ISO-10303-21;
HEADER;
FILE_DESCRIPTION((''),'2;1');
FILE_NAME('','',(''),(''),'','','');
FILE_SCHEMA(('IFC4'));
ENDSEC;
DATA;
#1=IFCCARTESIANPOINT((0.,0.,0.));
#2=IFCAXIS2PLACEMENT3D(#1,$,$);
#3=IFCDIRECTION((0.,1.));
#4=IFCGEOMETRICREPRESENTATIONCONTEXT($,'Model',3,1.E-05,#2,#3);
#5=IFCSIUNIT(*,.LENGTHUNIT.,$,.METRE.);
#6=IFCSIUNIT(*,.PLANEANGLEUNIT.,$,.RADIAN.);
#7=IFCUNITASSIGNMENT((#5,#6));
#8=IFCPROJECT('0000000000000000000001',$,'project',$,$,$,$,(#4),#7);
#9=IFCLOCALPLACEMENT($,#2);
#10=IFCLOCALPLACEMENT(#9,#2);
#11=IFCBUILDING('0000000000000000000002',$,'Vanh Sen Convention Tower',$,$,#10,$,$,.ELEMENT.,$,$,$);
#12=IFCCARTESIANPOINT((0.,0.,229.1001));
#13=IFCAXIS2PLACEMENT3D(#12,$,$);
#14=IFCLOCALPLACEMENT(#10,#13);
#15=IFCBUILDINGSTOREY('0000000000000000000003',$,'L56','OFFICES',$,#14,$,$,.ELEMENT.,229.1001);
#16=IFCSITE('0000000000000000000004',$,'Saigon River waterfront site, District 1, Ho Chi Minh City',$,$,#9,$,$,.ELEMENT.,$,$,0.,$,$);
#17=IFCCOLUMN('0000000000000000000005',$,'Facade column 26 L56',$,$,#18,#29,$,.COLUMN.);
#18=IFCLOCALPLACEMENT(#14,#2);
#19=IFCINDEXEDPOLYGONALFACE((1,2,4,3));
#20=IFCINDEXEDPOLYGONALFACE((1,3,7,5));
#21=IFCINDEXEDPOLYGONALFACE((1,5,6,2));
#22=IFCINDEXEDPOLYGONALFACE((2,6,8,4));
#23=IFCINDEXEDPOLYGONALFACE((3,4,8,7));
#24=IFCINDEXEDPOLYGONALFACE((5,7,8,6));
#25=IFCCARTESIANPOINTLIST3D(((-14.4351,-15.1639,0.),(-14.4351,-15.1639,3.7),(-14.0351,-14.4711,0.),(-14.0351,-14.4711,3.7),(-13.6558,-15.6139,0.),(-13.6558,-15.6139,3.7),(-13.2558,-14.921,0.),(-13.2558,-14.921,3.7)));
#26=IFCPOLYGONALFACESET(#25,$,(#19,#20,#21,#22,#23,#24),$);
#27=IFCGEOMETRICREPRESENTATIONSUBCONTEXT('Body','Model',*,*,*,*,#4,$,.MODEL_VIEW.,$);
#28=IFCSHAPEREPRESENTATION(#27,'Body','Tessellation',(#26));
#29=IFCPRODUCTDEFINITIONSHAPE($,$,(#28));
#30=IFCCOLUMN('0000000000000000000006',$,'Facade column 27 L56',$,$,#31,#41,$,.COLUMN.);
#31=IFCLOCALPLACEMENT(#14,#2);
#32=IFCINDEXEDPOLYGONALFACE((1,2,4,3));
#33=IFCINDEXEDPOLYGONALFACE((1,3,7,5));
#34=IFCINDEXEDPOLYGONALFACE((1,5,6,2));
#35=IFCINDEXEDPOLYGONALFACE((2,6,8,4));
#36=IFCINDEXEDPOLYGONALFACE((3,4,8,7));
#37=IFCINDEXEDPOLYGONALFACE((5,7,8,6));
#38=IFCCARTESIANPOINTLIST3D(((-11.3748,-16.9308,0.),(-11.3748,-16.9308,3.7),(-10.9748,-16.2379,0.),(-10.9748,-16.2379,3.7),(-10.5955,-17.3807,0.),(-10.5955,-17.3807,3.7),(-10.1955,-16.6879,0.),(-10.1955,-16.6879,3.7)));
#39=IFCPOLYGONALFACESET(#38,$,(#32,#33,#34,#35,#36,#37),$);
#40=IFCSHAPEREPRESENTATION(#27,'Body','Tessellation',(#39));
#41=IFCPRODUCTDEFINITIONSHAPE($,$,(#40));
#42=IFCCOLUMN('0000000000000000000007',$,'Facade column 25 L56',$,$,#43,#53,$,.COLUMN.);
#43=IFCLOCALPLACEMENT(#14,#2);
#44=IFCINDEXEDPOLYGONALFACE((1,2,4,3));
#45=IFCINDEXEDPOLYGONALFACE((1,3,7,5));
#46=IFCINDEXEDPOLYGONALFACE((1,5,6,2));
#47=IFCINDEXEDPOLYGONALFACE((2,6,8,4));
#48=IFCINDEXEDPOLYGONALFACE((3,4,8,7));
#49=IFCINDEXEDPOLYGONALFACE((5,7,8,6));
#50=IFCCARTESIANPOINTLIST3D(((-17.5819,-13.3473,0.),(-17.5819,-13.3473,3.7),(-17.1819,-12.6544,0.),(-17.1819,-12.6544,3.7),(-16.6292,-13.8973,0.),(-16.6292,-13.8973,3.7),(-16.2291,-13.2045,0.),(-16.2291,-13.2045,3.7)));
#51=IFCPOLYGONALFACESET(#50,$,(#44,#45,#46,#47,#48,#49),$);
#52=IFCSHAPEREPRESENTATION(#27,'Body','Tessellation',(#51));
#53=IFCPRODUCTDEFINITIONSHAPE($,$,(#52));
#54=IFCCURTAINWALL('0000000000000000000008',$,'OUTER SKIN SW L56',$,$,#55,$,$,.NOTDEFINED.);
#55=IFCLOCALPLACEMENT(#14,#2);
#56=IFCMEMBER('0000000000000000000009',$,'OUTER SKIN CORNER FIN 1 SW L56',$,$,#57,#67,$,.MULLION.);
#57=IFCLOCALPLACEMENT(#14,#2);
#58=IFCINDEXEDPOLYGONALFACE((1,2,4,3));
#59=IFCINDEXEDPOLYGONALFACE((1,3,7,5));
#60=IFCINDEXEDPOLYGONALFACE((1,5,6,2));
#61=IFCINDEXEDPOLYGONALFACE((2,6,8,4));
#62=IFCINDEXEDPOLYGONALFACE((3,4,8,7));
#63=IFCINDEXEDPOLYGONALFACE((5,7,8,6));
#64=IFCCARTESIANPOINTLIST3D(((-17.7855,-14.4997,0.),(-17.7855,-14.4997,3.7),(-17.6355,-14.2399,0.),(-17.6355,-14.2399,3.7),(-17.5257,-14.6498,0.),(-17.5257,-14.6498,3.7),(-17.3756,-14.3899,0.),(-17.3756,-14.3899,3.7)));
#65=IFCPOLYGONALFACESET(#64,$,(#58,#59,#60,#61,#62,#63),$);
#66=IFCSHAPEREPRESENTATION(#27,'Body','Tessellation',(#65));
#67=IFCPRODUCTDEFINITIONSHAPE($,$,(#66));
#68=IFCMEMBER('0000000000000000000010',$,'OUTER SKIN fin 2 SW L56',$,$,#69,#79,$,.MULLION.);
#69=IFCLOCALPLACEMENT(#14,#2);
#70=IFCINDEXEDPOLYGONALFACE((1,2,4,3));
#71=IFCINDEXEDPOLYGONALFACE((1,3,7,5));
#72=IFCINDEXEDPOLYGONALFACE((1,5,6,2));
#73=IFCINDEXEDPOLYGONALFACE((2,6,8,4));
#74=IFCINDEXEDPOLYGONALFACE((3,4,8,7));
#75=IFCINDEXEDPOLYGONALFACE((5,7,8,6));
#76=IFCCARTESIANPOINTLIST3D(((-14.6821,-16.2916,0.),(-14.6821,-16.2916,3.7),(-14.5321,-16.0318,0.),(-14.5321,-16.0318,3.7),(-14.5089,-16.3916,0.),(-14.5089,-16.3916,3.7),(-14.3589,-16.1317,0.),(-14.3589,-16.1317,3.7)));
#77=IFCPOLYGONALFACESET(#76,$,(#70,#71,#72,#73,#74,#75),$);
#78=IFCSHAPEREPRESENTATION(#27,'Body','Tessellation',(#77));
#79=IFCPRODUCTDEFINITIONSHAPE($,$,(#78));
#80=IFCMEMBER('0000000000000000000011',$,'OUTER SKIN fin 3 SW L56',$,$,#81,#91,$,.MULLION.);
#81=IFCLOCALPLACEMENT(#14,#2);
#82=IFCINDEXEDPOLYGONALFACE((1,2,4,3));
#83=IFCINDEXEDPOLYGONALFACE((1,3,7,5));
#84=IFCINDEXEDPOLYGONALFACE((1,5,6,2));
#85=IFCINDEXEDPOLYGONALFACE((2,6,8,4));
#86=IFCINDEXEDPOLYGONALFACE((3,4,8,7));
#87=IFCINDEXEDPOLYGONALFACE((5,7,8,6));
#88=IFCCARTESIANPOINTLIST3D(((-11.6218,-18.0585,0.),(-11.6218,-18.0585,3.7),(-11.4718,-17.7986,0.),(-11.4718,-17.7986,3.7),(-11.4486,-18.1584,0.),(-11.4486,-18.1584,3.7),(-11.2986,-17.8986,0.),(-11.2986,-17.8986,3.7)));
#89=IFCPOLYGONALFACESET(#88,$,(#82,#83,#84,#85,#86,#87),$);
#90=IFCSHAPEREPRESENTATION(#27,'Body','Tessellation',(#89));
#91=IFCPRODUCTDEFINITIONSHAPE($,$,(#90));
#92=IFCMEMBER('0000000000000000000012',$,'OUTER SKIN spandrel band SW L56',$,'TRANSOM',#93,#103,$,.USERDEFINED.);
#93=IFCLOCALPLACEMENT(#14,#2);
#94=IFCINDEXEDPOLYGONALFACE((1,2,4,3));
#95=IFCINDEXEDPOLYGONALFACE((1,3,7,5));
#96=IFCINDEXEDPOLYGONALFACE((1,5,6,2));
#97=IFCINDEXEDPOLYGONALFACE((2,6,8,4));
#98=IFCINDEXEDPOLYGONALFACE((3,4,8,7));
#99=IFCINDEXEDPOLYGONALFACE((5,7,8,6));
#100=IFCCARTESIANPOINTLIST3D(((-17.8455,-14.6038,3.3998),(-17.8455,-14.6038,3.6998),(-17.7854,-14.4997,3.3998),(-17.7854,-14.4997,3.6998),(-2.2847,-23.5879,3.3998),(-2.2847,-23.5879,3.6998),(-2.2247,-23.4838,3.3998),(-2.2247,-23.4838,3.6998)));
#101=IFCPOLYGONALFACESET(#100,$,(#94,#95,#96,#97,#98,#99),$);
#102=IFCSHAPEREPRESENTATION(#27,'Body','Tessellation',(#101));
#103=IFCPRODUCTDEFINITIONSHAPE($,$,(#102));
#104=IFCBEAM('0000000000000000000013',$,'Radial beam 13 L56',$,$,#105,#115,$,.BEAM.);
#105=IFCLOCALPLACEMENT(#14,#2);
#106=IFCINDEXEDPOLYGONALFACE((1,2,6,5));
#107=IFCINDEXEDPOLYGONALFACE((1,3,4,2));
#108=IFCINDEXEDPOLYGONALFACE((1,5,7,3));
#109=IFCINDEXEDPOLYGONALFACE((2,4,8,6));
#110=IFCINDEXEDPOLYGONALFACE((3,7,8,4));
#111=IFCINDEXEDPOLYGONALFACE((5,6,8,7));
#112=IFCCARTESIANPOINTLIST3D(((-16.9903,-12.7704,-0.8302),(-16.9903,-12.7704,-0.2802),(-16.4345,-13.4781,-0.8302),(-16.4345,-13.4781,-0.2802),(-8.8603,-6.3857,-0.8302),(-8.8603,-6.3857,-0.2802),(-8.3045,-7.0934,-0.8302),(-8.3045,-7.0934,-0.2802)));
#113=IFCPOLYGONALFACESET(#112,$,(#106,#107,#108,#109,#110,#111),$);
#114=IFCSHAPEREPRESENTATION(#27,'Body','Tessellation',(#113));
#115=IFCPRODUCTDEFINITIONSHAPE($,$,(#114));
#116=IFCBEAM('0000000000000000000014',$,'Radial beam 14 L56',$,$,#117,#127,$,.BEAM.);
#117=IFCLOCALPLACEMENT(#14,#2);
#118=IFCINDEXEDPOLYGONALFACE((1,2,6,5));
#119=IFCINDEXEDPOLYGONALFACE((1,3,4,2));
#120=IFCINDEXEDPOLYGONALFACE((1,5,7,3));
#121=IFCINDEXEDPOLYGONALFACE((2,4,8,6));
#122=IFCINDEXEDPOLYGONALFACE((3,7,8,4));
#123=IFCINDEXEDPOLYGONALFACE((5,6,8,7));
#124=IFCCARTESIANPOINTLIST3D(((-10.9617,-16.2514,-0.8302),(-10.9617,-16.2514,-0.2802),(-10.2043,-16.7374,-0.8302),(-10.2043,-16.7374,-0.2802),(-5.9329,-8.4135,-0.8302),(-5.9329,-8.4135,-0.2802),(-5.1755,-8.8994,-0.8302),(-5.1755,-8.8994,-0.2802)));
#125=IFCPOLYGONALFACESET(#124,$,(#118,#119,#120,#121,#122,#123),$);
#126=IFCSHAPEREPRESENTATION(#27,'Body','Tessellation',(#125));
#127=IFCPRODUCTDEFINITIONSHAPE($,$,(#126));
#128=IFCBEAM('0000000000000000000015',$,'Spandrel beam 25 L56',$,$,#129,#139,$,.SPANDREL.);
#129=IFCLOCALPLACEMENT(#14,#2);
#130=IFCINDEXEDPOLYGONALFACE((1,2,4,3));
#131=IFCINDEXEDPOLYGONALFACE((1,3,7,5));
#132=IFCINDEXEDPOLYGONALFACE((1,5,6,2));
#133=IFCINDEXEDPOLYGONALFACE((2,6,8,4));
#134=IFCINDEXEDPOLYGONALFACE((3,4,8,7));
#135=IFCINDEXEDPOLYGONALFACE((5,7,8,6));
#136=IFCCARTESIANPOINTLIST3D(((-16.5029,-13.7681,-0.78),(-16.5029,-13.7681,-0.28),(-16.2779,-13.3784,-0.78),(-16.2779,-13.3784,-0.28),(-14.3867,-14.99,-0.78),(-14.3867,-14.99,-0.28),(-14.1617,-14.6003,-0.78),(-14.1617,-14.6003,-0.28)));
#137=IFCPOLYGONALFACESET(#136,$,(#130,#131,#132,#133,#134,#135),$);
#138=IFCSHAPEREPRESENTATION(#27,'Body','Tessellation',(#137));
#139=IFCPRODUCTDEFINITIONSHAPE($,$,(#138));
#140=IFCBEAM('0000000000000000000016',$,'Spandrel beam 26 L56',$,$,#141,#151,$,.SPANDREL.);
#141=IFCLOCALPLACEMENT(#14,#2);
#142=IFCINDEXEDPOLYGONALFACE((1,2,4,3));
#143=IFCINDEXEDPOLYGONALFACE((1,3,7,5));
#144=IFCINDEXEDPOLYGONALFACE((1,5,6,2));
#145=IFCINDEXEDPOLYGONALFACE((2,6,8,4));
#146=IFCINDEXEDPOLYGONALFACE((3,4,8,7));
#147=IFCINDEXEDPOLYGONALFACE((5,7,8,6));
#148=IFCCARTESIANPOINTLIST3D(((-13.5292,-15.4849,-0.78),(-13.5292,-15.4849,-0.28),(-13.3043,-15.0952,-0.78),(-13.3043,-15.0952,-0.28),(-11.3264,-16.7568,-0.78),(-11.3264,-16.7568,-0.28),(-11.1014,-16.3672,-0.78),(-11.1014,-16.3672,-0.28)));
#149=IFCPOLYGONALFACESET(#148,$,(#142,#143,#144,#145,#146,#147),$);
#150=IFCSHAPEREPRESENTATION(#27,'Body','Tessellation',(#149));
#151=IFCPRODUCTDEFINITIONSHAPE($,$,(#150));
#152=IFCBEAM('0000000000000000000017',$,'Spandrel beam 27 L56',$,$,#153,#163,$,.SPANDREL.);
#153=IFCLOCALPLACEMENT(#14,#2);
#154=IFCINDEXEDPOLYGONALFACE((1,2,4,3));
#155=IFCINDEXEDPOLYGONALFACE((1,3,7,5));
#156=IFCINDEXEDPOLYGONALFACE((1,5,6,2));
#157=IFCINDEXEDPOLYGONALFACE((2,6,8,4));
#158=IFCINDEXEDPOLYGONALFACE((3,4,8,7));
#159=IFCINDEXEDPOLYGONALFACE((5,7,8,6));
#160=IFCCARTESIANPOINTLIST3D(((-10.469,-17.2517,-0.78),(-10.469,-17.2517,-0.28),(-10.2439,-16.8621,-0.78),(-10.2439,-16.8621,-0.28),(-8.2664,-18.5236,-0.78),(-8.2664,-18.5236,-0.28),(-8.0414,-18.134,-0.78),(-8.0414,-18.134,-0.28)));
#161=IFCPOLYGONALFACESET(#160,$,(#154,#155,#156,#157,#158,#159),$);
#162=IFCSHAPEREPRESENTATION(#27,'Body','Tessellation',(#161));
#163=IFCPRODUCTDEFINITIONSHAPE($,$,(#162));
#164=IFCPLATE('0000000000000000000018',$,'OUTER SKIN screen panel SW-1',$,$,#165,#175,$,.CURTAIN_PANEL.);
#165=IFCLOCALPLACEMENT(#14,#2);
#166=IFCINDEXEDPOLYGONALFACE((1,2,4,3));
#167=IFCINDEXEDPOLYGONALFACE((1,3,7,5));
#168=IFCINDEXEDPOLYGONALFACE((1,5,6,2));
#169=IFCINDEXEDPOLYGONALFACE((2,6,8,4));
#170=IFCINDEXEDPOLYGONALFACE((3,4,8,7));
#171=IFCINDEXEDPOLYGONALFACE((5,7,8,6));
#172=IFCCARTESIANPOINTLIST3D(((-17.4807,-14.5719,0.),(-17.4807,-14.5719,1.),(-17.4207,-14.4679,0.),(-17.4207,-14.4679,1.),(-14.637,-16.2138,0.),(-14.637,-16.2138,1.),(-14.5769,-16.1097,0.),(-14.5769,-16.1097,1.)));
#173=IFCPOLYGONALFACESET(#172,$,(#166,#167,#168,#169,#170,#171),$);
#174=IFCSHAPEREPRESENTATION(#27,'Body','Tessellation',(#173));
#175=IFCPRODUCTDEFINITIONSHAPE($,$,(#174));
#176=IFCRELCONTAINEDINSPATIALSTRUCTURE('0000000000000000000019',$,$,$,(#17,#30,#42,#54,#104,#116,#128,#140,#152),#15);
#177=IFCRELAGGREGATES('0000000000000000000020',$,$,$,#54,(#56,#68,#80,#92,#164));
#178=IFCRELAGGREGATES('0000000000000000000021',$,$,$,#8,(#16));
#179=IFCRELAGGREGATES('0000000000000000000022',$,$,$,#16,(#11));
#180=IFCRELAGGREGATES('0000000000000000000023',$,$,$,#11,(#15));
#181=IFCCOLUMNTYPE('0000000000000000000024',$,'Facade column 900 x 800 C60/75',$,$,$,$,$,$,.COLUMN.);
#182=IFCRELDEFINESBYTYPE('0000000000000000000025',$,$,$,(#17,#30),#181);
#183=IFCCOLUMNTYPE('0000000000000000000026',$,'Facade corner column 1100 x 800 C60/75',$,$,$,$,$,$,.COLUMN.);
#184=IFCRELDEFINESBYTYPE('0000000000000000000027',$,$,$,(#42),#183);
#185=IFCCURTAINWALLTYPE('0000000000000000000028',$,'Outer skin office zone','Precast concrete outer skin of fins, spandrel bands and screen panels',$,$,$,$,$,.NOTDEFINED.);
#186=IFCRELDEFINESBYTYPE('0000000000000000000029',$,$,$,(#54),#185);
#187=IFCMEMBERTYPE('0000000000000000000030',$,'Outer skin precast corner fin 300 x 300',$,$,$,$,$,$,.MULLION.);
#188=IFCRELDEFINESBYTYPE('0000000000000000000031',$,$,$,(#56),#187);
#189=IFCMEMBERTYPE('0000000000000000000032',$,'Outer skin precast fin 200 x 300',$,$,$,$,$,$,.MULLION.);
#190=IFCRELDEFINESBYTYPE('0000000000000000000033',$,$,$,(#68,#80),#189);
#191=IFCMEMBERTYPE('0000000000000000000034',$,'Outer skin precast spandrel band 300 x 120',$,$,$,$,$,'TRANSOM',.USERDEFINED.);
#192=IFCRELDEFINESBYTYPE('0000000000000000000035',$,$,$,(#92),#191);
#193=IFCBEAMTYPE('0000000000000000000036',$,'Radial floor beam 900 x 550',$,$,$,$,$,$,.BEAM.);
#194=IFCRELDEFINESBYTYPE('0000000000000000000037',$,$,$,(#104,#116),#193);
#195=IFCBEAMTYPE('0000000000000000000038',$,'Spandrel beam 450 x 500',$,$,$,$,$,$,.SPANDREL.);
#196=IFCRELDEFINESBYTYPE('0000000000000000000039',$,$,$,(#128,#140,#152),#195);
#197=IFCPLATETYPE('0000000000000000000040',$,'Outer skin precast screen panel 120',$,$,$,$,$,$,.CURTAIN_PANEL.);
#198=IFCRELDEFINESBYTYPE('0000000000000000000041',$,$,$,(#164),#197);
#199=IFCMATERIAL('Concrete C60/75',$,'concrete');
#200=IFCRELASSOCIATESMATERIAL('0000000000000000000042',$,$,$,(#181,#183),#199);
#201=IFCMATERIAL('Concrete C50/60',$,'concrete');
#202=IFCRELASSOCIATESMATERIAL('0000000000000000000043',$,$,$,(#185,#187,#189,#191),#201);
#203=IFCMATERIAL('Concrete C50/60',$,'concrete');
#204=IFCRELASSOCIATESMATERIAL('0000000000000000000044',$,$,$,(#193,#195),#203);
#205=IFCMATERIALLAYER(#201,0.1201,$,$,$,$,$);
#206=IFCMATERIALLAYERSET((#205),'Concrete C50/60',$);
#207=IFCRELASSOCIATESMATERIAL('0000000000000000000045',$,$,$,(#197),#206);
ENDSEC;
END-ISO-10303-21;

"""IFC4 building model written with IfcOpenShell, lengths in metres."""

from ifc_helpers import new_model, si_unit, direction, frame, origin, origin_2d, place, context, subcontext, project, spatial, rectangle, extrude, material, layer, layer_set, material_profile, profile_set, type_object, element, aggregate, save


model = new_model("IFC4")

# Units and contexts
model_context = context("Model", 3, precision=1e-05, world=origin(), true_north=direction((0.0, 1.0)))
body_context = subcontext(model_context, "Body", "Model", "MODEL_VIEW")
ifc_project = project(units=[si_unit("LENGTHUNIT", "METRE"), si_unit("PLANEANGLEUNIT", "RADIAN")], contexts=[model_context])

# Site, building, storey
site_placement = place(None, origin())
site = spatial("IfcSite", under=ifc_project, at=site_placement, Name="Saigon River waterfront site, District 1, Ho Chi Minh City", CompositionType="ELEMENT", RefElevation=0.0)
building_placement = place(site_placement, origin())
building = spatial("IfcBuilding", under=site, at=building_placement, Name="Vanh Sen Convention Tower", CompositionType="ELEMENT")
storey_placement = place(building_placement, frame((0.0, 0.0, 229.1001)))
storey = spatial("IfcBuildingStorey", under=building, at=storey_placement, Name="L56", Description="OFFICES", CompositionType="ELEMENT", Elevation=229.1001)

# Columns
ifc_material_1 = material(Name="Concrete C60/75", Category="concrete")
ifc_material_profile_1 = material_profile(ifc_material_1, rectangle(XDim=0.8999, YDim=0.8, at=origin_2d()), Name="RC 900X800")
ifc_profile_set_1 = profile_set([ifc_material_profile_1], Name="Concrete C60/75")
column_type_1 = type_object("IfcColumnType", Name="Facade column 900 x 800 C60/75", PredefinedType="COLUMN", material=ifc_profile_set_1)
for number, where, z_axis, x_axis, name in (
    (1, (-13.8455, -15.0425, 0.0), (0.0, 0.0, 1.0), (0.866025, -0.5, 0.0), "Facade column 26 L56"),
    (2, (-10.7852, -16.8093, 0.0), (0.0, 0.0, 1.0), (0.866025, -0.5, 0.0), "Facade column 27 L56"),
):
    element("IfcColumn", number, at=place(storey_placement, frame(where, z_axis=z_axis, x_axis=x_axis)), inside=storey, type_object=column_type_1, Name=name, PredefinedType="COLUMN", context=body_context, shape_type="SweptSolid", body=[
        extrude(rectangle(XDim=0.8999, YDim=0.8, at=origin_2d()), origin(), (0.0, 0.0, 1.0), 3.7),
    ])
ifc_material_profile_2 = material_profile(ifc_material_1, rectangle(XDim=1.1001, YDim=0.8, at=origin_2d()), Name="RC 1100X800")
ifc_profile_set_2 = profile_set([ifc_material_profile_2], Name="Concrete C60/75")
column_type_2 = type_object("IfcColumnType", Name="Facade corner column 1100 x 800 C60/75", PredefinedType="COLUMN", material=ifc_profile_set_2)
column_placement = place(storey_placement, frame((-16.9055, -13.2759, 0.0), z_axis=(0.0, 0.0, 1.0), x_axis=(0.866025, -0.5, 0.0)))
element("IfcColumn", 3, at=column_placement, inside=storey, type_object=column_type_2, Name="Facade column 25 L56", PredefinedType="COLUMN", context=body_context, shape_type="SweptSolid", body=[
    extrude(rectangle(XDim=1.1001, YDim=0.8, at=origin_2d()), origin(), (0.0, 0.0, 1.0), 3.7),
])

# Curtain wall, members
ifc_material_2 = material(Name="Concrete C50/60", Category="concrete")
curtain_wall_type = type_object("IfcCurtainWallType", Name="Outer skin office zone", Description="Precast concrete outer skin of fins, spandrel bands and screen panels", PredefinedType="NOTDEFINED", material=ifc_material_2)
curtain_wall_placement = place(storey_placement, origin())
curtain_wall = element("IfcCurtainWall", 4, at=curtain_wall_placement, inside=storey, type_object=curtain_wall_type, Name="OUTER SKIN SW L56", PredefinedType="NOTDEFINED")
ifc_material_profile_3 = material_profile(ifc_material_2, rectangle(XDim=0.3, YDim=0.3, at=origin_2d()), Name="Outer skin precast corner fin 300 x 300")
ifc_profile_set_3 = profile_set([ifc_material_profile_3], Name="Concrete C50/60")
member_type_1 = type_object("IfcMemberType", Name="Outer skin precast corner fin 300 x 300", PredefinedType="MULLION", material=ifc_profile_set_3)
member_1_placement = place(storey_placement, frame((-17.5806, -14.4448, 0.0), z_axis=(0.0, 0.0, 1.0), x_axis=(0.866025, -0.5, 0.0)))
member_1 = element("IfcMember", 5, at=member_1_placement, type_object=member_type_1, Name="OUTER SKIN CORNER FIN 1 SW L56", PredefinedType="MULLION", context=body_context, shape_type="SweptSolid", body=[
    extrude(rectangle(XDim=0.3, YDim=0.3, at=origin_2d()), origin(), (0.0, 0.0, 1.0), 3.7),
])
ifc_material_profile_4 = material_profile(ifc_material_2, rectangle(XDim=0.2, YDim=0.3, at=origin_2d()), Name="Outer skin precast fin 200 x 300")
ifc_profile_set_4 = profile_set([ifc_material_profile_4], Name="Concrete C50/60")
member_type_2 = type_object("IfcMemberType", Name="Outer skin precast fin 200 x 300", PredefinedType="MULLION", material=ifc_profile_set_4)
member_2_placement = place(storey_placement, frame((-14.5205, -16.2117, 0.0), z_axis=(0.0, 0.0, 1.0), x_axis=(0.866025, -0.5, 0.0)))
member_2 = element("IfcMember", 6, at=member_2_placement, type_object=member_type_2, Name="OUTER SKIN fin 2 SW L56", PredefinedType="MULLION", context=body_context, shape_type="SweptSolid", body=[
    extrude(rectangle(XDim=0.2, YDim=0.3, at=origin_2d()), origin(), (0.0, 0.0, 1.0), 3.7),
])
member_3_placement = place(storey_placement, frame((-11.4602, -17.9785, 0.0), z_axis=(0.0, 0.0, 1.0), x_axis=(0.866025, -0.5, 0.0)))
member_3 = element("IfcMember", 7, at=member_3_placement, type_object=member_type_2, Name="OUTER SKIN fin 3 SW L56", PredefinedType="MULLION", context=body_context, shape_type="SweptSolid", body=[
    extrude(rectangle(XDim=0.2, YDim=0.3, at=origin_2d()), origin(), (0.0, 0.0, 1.0), 3.7),
])
ifc_material_profile_5 = material_profile(ifc_material_2, rectangle(XDim=0.1201, YDim=0.3, at=origin_2d()), Name="Outer skin precast spandrel band 300 x 120")
ifc_profile_set_5 = profile_set([ifc_material_profile_5], Name="Concrete C50/60")
member_type_3 = type_object("IfcMemberType", Name="Outer skin precast spandrel band 300 x 120", ElementType="TRANSOM", PredefinedType="USERDEFINED", material=ifc_profile_set_5)
member_4_placement = place(storey_placement, frame((-17.8154, -14.5518, 3.5498), z_axis=(0.866023, -0.500004, 0.0), x_axis=(0.500004, 0.866023, 0.0)))
member_4 = element("IfcMember", 8, at=member_4_placement, type_object=member_type_3, Name="OUTER SKIN spandrel band SW L56", ObjectType="TRANSOM", PredefinedType="USERDEFINED", context=body_context, shape_type="SweptSolid", body=[
    extrude(rectangle(XDim=0.1201, YDim=0.3, at=origin_2d()), origin(), (0.0, 0.0, 1.0), 17.968),
])

# Beams
ifc_material_3 = material(Name="Concrete C50/60", Category="concrete")
ifc_material_profile_6 = material_profile(ifc_material_3, rectangle(XDim=0.8999, YDim=0.55, at=origin_2d()), Name="RC 900X550")
ifc_profile_set_6 = profile_set([ifc_material_profile_6], Name="Concrete C50/60")
beam_type_1 = type_object("IfcBeamType", Name="Radial floor beam 900 x 550", PredefinedType="BEAM", material=ifc_profile_set_6)
beam_1_placement = place(storey_placement, frame((-16.7124, -13.1243, -0.5552), z_axis=(0.786468, 0.617631, 0.0), x_axis=(-0.617631, 0.786468, 0.0)))
element("IfcBeam", 9, at=beam_1_placement, inside=storey, type_object=beam_type_1, Name="Radial beam 13 L56", PredefinedType="BEAM", context=body_context, shape_type="SweptSolid", body=[
    extrude(rectangle(XDim=0.8999, YDim=0.55, at=origin_2d()), origin(), (0.0, 0.0, 1.0), 10.3374),
])
beam_2_placement = place(storey_placement, frame((-10.583, -16.4944, -0.5552), z_axis=(0.54001, 0.841659, 0.0), x_axis=(-0.841659, 0.54001, 0.0)))
element("IfcBeam", 10, at=beam_2_placement, inside=storey, type_object=beam_type_1, Name="Radial beam 14 L56", PredefinedType="BEAM", context=body_context, shape_type="SweptSolid", body=[
    extrude(rectangle(XDim=0.8999, YDim=0.55, at=origin_2d()), origin(), (0.0, 0.0, 1.0), 9.3125),
])
ifc_material_profile_7 = material_profile(ifc_material_3, rectangle(XDim=0.45, YDim=0.5, at=origin_2d()), Name="RC 450X500")
ifc_profile_set_7 = profile_set([ifc_material_profile_7], Name="Concrete C50/60")
beam_type_2 = type_object("IfcBeamType", Name="Spandrel beam 450 x 500", PredefinedType="SPANDREL", material=ifc_profile_set_7)
beam_3_placement = place(storey_placement, frame((-16.3904, -13.5732, -0.53), z_axis=(0.866003, -0.50004, 0.0), x_axis=(0.50004, 0.866003, 0.0)))
element("IfcBeam", 11, at=beam_3_placement, inside=storey, type_object=beam_type_2, Name="Spandrel beam 25 L56", PredefinedType="SPANDREL", context=body_context, shape_type="SweptSolid", body=[
    extrude(rectangle(XDim=0.45, YDim=0.5, at=origin_2d()), origin(), (0.0, 0.0, 1.0), 2.4436),
])
beam_4_placement = place(storey_placement, frame((-13.4167, -15.29, -0.53), z_axis=(0.866002, -0.500041, 0.0), x_axis=(0.500041, 0.866002, 0.0)))
element("IfcBeam", 12, at=beam_4_placement, inside=storey, type_object=beam_type_2, Name="Spandrel beam 26 L56", PredefinedType="SPANDREL", context=body_context, shape_type="SweptSolid", body=[
    extrude(rectangle(XDim=0.45, YDim=0.5, at=origin_2d()), origin(), (0.0, 0.0, 1.0), 2.5437),
])
beam_5_placement = place(storey_placement, frame((-10.3564, -17.0569, -0.53), z_axis=(0.865978, -0.500082, 0.0), x_axis=(0.500082, 0.865978, 0.0)))
element("IfcBeam", 13, at=beam_5_placement, inside=storey, type_object=beam_type_2, Name="Spandrel beam 27 L56", PredefinedType="SPANDREL", context=body_context, shape_type="SweptSolid", body=[
    extrude(rectangle(XDim=0.45, YDim=0.5, at=origin_2d()), origin(), (0.0, 0.0, 1.0), 2.5435),
])

# Plate
ifc_layer_1 = layer(ifc_material_2, 0.1201)
ifc_layer_set_1 = layer_set([ifc_layer_1], Name="Concrete C50/60")
plate_type = type_object("IfcPlateType", Name="Outer skin precast screen panel 120", PredefinedType="CURTAIN_PANEL", material=ifc_layer_set_1)
plate_1_placement = place(storey_placement, frame((-16.0288, -15.3408, 0.0), z_axis=(0.0, 0.0, 1.0), x_axis=(0.866026, -0.499998, 0.0)))
plate_1 = element("IfcPlate", 14, at=plate_1_placement, type_object=plate_type, Name="OUTER SKIN screen panel SW-1", PredefinedType="CURTAIN_PANEL", context=body_context, shape_type="SweptSolid", body=[
    extrude(rectangle(XDim=3.2837, YDim=0.1201, at=origin_2d()), origin(), (0.0, 0.0, 1.0), 1.0),
])
aggregate(curtain_wall, [member_1, member_2, member_3, member_4, plate_1])

save(model, "model.ifc")
